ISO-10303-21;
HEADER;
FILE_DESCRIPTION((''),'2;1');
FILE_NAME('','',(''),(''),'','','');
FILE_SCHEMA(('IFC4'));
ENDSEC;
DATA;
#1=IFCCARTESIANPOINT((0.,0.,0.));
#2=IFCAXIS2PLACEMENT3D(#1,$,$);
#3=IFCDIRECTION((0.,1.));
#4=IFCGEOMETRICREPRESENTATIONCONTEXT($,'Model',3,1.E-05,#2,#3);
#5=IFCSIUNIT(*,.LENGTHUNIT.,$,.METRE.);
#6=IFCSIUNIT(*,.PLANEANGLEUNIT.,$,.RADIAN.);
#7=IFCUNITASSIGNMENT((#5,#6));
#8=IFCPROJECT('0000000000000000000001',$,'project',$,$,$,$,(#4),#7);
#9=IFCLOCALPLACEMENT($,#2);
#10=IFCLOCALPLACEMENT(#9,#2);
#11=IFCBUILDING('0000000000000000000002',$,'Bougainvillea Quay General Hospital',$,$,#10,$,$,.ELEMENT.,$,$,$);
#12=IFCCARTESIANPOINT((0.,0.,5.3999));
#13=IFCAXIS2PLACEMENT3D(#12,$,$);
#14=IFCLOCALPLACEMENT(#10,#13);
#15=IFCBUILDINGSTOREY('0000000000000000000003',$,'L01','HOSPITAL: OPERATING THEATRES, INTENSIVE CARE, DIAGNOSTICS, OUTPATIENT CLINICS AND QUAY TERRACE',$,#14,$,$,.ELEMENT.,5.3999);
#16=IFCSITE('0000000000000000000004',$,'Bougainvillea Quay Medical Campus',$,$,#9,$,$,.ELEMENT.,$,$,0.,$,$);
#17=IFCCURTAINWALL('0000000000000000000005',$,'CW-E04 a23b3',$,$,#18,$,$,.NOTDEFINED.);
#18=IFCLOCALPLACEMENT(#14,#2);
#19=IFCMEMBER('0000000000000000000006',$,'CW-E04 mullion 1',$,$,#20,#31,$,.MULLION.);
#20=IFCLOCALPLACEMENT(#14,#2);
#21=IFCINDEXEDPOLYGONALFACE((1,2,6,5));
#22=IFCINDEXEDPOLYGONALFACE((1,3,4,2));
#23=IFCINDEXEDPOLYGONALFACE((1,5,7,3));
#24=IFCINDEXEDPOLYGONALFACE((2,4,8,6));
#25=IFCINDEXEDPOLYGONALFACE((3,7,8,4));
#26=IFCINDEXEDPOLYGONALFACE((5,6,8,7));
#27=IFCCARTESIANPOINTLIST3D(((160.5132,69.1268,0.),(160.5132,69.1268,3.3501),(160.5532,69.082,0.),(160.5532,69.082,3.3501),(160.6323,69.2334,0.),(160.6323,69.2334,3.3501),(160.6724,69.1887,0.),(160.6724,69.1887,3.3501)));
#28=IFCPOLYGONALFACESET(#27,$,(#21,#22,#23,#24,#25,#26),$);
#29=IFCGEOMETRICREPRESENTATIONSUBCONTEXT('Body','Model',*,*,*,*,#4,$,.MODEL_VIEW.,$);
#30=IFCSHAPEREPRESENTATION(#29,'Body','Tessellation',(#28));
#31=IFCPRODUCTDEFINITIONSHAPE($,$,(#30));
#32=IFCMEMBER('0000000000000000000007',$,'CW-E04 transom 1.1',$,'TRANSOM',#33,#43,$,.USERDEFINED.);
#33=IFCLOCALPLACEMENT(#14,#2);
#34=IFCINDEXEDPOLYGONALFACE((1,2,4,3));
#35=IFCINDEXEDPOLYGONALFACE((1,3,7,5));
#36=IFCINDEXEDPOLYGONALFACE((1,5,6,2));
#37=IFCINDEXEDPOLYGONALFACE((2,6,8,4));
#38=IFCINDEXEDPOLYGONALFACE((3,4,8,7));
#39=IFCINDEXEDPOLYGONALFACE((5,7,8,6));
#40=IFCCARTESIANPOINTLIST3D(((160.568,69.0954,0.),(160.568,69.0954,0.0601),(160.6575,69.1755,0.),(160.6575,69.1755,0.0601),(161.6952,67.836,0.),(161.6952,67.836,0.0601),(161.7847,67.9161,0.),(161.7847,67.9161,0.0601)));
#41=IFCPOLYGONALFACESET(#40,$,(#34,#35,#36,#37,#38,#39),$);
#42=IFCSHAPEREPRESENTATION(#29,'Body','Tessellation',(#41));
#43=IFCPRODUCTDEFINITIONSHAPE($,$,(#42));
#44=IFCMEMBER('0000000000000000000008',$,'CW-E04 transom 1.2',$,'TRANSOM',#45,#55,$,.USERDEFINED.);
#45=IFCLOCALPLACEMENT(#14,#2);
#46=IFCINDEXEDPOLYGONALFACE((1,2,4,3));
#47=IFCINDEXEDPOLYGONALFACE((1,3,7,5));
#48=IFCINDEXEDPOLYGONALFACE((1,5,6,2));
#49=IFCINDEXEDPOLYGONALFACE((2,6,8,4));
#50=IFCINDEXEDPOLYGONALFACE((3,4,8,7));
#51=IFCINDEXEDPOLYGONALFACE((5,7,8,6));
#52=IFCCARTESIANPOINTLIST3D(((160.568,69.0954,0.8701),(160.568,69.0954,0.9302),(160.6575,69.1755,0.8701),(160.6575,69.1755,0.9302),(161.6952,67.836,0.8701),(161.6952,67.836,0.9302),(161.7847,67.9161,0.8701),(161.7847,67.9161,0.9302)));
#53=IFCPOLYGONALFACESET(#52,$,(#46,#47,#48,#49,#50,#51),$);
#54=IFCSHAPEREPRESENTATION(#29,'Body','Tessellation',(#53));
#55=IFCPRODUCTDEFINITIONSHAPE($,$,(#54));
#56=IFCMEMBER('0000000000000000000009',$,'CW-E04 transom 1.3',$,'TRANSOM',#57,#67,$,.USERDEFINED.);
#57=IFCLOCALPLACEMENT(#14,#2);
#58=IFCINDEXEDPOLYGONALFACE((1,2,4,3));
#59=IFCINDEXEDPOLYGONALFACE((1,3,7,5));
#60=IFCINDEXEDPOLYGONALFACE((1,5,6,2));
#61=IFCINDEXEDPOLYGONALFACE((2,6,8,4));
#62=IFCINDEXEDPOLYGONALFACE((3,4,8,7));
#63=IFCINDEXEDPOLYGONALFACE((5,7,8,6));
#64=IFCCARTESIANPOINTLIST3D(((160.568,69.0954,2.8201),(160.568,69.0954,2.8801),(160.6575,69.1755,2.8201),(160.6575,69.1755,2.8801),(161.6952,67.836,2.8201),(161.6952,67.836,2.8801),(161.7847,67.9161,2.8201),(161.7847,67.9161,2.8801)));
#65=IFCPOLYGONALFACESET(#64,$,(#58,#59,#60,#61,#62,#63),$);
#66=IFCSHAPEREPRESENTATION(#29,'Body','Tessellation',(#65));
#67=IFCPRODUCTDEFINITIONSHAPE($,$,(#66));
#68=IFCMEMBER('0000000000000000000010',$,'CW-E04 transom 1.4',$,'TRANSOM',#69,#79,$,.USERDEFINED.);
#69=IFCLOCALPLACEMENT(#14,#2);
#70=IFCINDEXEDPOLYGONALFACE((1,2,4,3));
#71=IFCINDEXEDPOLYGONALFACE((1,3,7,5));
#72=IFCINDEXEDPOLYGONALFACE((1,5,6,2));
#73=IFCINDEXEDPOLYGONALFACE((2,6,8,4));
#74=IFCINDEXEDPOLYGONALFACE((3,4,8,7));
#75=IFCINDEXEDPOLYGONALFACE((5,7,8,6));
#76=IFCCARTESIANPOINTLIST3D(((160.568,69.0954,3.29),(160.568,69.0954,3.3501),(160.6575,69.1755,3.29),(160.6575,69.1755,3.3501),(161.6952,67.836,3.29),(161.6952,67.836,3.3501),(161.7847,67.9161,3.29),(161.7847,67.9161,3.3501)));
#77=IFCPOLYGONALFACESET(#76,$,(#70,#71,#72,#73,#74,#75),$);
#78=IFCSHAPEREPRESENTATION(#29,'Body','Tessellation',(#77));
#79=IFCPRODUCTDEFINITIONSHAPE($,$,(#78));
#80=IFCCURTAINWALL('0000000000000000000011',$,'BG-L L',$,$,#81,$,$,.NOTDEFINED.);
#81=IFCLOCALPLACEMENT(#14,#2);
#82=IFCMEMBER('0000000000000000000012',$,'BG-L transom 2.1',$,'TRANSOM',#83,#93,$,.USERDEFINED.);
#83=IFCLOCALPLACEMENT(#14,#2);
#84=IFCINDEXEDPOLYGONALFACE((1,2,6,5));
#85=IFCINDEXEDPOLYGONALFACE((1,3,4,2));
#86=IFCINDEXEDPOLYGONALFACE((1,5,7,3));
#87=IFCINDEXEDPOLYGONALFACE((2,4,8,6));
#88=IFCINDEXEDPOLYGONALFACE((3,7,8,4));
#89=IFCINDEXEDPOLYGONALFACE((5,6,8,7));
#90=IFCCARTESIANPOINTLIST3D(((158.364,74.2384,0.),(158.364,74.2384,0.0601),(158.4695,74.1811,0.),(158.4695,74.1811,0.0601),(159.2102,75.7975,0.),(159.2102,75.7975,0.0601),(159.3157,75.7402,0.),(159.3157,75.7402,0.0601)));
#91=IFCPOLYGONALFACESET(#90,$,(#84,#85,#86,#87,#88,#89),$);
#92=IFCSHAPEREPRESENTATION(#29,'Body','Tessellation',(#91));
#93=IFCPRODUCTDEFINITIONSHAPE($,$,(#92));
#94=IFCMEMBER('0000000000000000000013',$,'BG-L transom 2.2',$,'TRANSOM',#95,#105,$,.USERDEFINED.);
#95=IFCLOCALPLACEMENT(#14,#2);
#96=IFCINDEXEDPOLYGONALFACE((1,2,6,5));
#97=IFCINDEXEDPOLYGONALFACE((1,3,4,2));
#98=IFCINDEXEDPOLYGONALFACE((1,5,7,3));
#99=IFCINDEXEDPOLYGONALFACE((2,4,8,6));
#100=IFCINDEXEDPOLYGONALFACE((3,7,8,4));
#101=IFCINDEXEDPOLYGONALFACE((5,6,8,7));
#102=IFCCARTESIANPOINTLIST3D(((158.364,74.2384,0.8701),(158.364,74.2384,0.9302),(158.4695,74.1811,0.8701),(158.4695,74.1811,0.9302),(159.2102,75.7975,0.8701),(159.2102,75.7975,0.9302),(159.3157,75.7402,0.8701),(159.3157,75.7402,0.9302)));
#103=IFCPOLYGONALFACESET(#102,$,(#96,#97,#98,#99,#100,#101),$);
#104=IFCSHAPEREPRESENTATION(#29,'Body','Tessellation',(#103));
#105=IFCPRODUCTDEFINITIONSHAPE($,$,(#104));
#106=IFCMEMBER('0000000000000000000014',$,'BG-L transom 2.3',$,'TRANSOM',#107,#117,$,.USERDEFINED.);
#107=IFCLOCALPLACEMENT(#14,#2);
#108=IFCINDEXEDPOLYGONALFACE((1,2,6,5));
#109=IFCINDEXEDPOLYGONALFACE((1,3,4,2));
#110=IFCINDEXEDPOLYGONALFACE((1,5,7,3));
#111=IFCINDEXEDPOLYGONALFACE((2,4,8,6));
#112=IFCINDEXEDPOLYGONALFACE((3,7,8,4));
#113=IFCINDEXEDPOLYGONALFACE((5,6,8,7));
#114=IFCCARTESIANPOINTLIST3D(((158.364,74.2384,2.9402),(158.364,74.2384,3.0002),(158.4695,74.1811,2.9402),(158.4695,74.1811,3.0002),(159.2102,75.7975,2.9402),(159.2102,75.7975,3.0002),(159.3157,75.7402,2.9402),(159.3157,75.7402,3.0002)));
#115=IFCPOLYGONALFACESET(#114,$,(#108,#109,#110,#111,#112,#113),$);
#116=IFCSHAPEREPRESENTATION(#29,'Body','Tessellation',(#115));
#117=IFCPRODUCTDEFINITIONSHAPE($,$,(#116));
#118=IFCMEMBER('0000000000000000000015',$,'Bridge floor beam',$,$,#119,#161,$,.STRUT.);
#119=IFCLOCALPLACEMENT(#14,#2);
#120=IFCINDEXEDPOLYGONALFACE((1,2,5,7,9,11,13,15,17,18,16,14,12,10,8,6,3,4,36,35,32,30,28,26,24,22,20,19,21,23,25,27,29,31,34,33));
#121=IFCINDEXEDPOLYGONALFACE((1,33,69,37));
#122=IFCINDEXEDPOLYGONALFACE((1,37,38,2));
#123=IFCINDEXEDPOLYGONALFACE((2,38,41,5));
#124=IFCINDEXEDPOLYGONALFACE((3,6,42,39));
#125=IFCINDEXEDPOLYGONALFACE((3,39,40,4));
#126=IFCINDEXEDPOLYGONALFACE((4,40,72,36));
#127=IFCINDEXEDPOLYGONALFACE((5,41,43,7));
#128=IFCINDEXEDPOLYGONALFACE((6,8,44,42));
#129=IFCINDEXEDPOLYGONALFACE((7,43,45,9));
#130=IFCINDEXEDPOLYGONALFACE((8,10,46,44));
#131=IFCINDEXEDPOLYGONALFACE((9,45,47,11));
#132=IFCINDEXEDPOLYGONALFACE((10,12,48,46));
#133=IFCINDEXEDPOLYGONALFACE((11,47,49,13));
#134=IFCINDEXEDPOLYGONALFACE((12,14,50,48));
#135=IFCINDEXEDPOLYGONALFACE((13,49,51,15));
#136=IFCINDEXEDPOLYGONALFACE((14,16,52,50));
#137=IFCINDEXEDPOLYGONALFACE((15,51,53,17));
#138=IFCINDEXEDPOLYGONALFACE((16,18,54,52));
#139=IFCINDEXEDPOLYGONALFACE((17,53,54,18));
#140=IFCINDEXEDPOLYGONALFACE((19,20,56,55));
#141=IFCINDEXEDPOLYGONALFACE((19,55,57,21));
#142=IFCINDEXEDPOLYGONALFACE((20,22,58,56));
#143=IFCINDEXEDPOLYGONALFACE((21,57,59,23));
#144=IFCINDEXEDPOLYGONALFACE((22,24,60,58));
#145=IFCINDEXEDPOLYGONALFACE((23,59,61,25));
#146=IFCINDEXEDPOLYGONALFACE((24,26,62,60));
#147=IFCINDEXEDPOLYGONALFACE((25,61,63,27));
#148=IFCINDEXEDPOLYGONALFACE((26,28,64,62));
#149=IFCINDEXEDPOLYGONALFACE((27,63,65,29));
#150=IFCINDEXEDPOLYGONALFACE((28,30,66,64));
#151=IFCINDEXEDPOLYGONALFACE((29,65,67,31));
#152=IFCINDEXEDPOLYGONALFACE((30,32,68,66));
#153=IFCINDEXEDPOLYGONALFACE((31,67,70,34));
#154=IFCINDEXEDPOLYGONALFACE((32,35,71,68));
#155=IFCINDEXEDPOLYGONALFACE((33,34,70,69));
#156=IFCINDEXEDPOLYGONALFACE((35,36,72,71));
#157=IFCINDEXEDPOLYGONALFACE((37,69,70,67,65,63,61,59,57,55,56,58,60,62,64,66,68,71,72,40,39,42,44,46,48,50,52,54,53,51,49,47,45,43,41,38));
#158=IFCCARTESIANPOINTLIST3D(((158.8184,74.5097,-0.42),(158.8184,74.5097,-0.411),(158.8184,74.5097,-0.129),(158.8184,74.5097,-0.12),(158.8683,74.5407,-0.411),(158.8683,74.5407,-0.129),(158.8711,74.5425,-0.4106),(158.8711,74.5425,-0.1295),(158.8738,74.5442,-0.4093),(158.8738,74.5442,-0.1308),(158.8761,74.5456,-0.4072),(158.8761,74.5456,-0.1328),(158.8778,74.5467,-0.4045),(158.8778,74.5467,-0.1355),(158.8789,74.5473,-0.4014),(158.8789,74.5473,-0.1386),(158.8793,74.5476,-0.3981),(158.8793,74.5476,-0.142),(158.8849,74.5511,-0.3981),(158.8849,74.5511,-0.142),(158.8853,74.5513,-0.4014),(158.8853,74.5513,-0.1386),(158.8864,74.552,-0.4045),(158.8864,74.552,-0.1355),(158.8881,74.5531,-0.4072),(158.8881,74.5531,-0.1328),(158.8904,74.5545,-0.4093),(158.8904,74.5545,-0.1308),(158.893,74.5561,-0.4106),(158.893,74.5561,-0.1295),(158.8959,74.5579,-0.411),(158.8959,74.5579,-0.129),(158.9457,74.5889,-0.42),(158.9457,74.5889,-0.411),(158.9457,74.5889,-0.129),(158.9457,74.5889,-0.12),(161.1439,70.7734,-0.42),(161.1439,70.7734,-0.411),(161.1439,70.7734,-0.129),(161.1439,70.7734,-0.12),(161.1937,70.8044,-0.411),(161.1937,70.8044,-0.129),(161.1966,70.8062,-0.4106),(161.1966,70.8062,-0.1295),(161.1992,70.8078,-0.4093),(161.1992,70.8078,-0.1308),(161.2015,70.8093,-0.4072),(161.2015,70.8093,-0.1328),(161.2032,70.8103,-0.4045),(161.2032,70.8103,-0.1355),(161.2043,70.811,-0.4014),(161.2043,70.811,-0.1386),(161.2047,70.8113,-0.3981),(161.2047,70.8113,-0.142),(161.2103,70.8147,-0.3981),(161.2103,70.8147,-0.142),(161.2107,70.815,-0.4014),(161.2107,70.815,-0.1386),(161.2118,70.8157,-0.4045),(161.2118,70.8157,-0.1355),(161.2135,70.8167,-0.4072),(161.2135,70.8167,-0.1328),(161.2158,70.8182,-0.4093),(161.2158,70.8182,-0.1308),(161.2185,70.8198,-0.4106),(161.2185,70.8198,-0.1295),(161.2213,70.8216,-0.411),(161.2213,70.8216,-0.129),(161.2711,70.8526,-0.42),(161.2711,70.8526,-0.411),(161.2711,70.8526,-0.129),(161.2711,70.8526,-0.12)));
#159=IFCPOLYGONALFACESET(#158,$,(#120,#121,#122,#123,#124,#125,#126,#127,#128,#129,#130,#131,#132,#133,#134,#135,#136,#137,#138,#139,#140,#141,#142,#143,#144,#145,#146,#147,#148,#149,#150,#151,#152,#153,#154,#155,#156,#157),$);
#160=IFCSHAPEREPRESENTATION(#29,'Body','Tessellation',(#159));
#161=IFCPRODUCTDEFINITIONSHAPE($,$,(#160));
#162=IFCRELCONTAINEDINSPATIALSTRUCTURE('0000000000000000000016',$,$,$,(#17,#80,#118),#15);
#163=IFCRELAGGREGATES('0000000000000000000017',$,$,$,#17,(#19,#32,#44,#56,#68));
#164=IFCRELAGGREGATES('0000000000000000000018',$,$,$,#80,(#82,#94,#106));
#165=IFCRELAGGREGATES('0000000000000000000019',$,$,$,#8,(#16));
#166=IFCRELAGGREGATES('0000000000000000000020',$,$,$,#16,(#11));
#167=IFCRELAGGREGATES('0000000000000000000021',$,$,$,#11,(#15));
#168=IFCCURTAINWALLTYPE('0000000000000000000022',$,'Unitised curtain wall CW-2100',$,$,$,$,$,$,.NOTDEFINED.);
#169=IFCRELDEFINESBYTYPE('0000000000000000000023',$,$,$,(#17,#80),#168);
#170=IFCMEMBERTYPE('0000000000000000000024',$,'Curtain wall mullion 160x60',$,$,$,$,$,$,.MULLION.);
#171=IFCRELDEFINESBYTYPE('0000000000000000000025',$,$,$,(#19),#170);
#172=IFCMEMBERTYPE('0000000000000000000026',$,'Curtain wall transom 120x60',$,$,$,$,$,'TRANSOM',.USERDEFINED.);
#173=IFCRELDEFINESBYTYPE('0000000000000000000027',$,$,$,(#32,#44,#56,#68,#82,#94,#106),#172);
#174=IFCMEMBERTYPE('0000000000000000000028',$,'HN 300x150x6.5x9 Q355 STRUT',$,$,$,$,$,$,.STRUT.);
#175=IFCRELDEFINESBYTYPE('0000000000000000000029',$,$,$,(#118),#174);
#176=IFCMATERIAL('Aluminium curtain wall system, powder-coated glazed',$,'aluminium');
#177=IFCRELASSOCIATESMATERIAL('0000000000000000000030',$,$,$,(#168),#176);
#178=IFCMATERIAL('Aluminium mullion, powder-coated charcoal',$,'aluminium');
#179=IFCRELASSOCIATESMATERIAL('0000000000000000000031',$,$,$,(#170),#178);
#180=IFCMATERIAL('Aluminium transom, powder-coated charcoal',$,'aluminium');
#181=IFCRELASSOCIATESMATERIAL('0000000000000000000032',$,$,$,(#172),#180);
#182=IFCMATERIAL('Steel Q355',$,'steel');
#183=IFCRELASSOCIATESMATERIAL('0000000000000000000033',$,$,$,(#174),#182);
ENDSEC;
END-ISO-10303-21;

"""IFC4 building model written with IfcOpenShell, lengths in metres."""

from ifc_helpers import new_model, si_unit, direction, frame, origin, origin_2d, place, context, subcontext, project, spatial, rectangle, i_section, extrude, material, material_profile, profile_set, type_object, element, aggregate, save


model = new_model("IFC4")

# Units and contexts
model_context = context("Model", 3, precision=1e-05, world=origin(), true_north=direction((0.0, 1.0)))
body_context = subcontext(model_context, "Body", "Model", "MODEL_VIEW")
ifc_project = project(units=[si_unit("LENGTHUNIT", "METRE"), si_unit("PLANEANGLEUNIT", "RADIAN")], contexts=[model_context])

# Site, building, storey
site_placement = place(None, origin())
site = spatial("IfcSite", under=ifc_project, at=site_placement, Name="Bougainvillea Quay Medical Campus", CompositionType="ELEMENT", RefElevation=0.0)
building_placement = place(site_placement, origin())
building = spatial("IfcBuilding", under=site, at=building_placement, Name="Bougainvillea Quay General Hospital", CompositionType="ELEMENT")
storey_placement = place(building_placement, frame((0.0, 0.0, 5.3999)))
storey = spatial("IfcBuildingStorey", under=building, at=storey_placement, Name="L01", Description="HOSPITAL: OPERATING THEATRES, INTENSIVE CARE, DIAGNOSTICS, OUTPATIENT CLINICS AND QUAY TERRACE", CompositionType="ELEMENT", Elevation=5.3999)

# Curtain walls, members
ifc_material_1 = material(Name="Aluminium curtain wall system, powder-coated glazed", Category="aluminium")
curtain_wall_type = type_object("IfcCurtainWallType", Name="Unitised curtain wall CW-2100", PredefinedType="NOTDEFINED", material=ifc_material_1)
curtain_wall_1_placement = place(storey_placement, origin())
curtain_wall_1 = element("IfcCurtainWall", 1, at=curtain_wall_1_placement, inside=storey, type_object=curtain_wall_type, Name="CW-E04 a23b3", PredefinedType="NOTDEFINED")
ifc_material_2 = material(Name="Aluminium mullion, powder-coated charcoal", Category="aluminium")
ifc_material_profile_1 = material_profile(ifc_material_2, rectangle(XDim=0.1599, YDim=0.0601, at=origin_2d()))
ifc_profile_set_1 = profile_set([ifc_material_profile_1], Name="Aluminium mullion, powder-coated charcoal")
member_type_1 = type_object("IfcMemberType", Name="Curtain wall mullion 160x60", PredefinedType="MULLION", material=ifc_profile_set_1)
member_1_placement = place(storey_placement, frame((160.5928, 69.1577, 0.0), z_axis=(0.0, 0.0, 1.0), x_axis=(0.745094, 0.666959, 0.0)))
member_1 = element("IfcMember", 2, at=member_1_placement, type_object=member_type_1, Name="CW-E04 mullion 1", PredefinedType="MULLION", context=body_context, shape_type="SweptSolid", body=[
    extrude(rectangle(XDim=0.1599, YDim=0.0601, at=origin_2d()), origin(), (0.0, 0.0, 1.0), 3.3501),
])
ifc_material_3 = material(Name="Aluminium transom, powder-coated charcoal", Category="aluminium")
ifc_material_profile_2 = material_profile(ifc_material_3, rectangle(XDim=0.1201, YDim=0.0601, at=origin_2d()))
ifc_profile_set_2 = profile_set([ifc_material_profile_2], Name="Aluminium transom, powder-coated charcoal")
member_type_2 = type_object("IfcMemberType", Name="Curtain wall transom 120x60", ElementType="TRANSOM", PredefinedType="USERDEFINED", material=ifc_profile_set_2)
member_2_placement = place(storey_placement, frame((160.6128, 69.1355, 0.03), z_axis=(0.666879, -0.745166, 0.0), x_axis=(0.745166, 0.666879, 0.0)))
member_2 = element("IfcMember", 3, at=member_2_placement, type_object=member_type_2, Name="CW-E04 transom 1.1", ObjectType="TRANSOM", PredefinedType="USERDEFINED", context=body_context, shape_type="SweptSolid", body=[
    extrude(rectangle(XDim=0.1201, YDim=0.0601, at=origin_2d()), origin(), (0.0, 0.0, 1.0), 1.6902),
])
member_3_placement = place(storey_placement, frame((160.6128, 69.1355, 0.9001), z_axis=(0.666879, -0.745166, 0.0), x_axis=(0.745166, 0.666879, 0.0)))
member_3 = element("IfcMember", 4, at=member_3_placement, type_object=member_type_2, Name="CW-E04 transom 1.2", ObjectType="TRANSOM", PredefinedType="USERDEFINED", context=body_context, shape_type="SweptSolid", body=[
    extrude(rectangle(XDim=0.1201, YDim=0.0601, at=origin_2d()), origin(), (0.0, 0.0, 1.0), 1.6902),
])
member_4_placement = place(storey_placement, frame((160.6128, 69.1355, 2.8501), z_axis=(0.666879, -0.745166, 0.0), x_axis=(0.745166, 0.666879, 0.0)))
member_4 = element("IfcMember", 5, at=member_4_placement, type_object=member_type_2, Name="CW-E04 transom 1.3", ObjectType="TRANSOM", PredefinedType="USERDEFINED", context=body_context, shape_type="SweptSolid", body=[
    extrude(rectangle(XDim=0.1201, YDim=0.0601, at=origin_2d()), origin(), (0.0, 0.0, 1.0), 1.6902),
])
member_5_placement = place(storey_placement, frame((160.6128, 69.1355, 3.3201), z_axis=(0.666879, -0.745166, 0.0), x_axis=(0.745166, 0.666879, 0.0)))
member_5 = element("IfcMember", 6, at=member_5_placement, type_object=member_type_2, Name="CW-E04 transom 1.4", ObjectType="TRANSOM", PredefinedType="USERDEFINED", context=body_context, shape_type="SweptSolid", body=[
    extrude(rectangle(XDim=0.1201, YDim=0.0601, at=origin_2d()), origin(), (0.0, 0.0, 1.0), 1.6902),
])
aggregate(curtain_wall_1, [member_1, member_2, member_3, member_4, member_5])
curtain_wall_2_placement = place(storey_placement, origin())
curtain_wall_2 = element("IfcCurtainWall", 7, at=curtain_wall_2_placement, inside=storey, type_object=curtain_wall_type, Name="BG-L L", PredefinedType="NOTDEFINED")
member_6_placement = place(storey_placement, frame((158.4167, 74.2097, 0.03), z_axis=(0.477019, 0.878893, 0.0), x_axis=(-0.878893, 0.477019, 0.0)))
member_6 = element("IfcMember", 8, at=member_6_placement, type_object=member_type_2, Name="BG-L transom 2.1", ObjectType="TRANSOM", PredefinedType="USERDEFINED", context=body_context, shape_type="SweptSolid", body=[
    extrude(rectangle(XDim=0.1201, YDim=0.0601, at=origin_2d()), origin(), (0.0, 0.0, 1.0), 1.7739),
])
member_7_placement = place(storey_placement, frame((158.4167, 74.2097, 0.9001), z_axis=(0.477019, 0.878893, 0.0), x_axis=(-0.878893, 0.477019, 0.0)))
member_7 = element("IfcMember", 9, at=member_7_placement, type_object=member_type_2, Name="BG-L transom 2.2", ObjectType="TRANSOM", PredefinedType="USERDEFINED", context=body_context, shape_type="SweptSolid", body=[
    extrude(rectangle(XDim=0.1201, YDim=0.0601, at=origin_2d()), origin(), (0.0, 0.0, 1.0), 1.7739),
])
member_8_placement = place(storey_placement, frame((158.4167, 74.2097, 2.9702), z_axis=(0.477019, 0.878893, 0.0), x_axis=(-0.878893, 0.477019, 0.0)))
member_8 = element("IfcMember", 10, at=member_8_placement, type_object=member_type_2, Name="BG-L transom 2.3", ObjectType="TRANSOM", PredefinedType="USERDEFINED", context=body_context, shape_type="SweptSolid", body=[
    extrude(rectangle(XDim=0.1201, YDim=0.0601, at=origin_2d()), origin(), (0.0, 0.0, 1.0), 1.7739),
])

# Member
ifc_material_4 = material(Name="Steel Q355", Category="steel")
ifc_material_profile_3 = material_profile(ifc_material_4, i_section(OverallWidth=0.1499, OverallDepth=0.3, WebThickness=0.0066, FlangeThickness=0.009, FilletRadius=0.0129, at=origin_2d()))
ifc_profile_set_3 = profile_set([ifc_material_profile_3], Name="Steel Q355")
member_type_3 = type_object("IfcMemberType", Name="HN 300x150x6.5x9 Q355 STRUT", PredefinedType="STRUT", material=ifc_profile_set_3)
member_9_placement = place(storey_placement, frame((158.8821, 74.5493, -0.27), z_axis=(0.528402, -0.848994, 0.0), x_axis=(0.848994, 0.528402, 0.0)))
element("IfcMember", 11, at=member_9_placement, inside=storey, type_object=member_type_3, Name="Bridge floor beam", PredefinedType="STRUT", context=body_context, shape_type="SweptSolid", body=[
    extrude(i_section(OverallWidth=0.1499, OverallDepth=0.3, WebThickness=0.0066, FlangeThickness=0.009, FilletRadius=0.0129, at=origin_2d()), origin(), (0.0, 0.0, 1.0), 4.4009),
])

aggregate(curtain_wall_2, [member_6, member_7, member_8])

save(model, "model.ifc")
